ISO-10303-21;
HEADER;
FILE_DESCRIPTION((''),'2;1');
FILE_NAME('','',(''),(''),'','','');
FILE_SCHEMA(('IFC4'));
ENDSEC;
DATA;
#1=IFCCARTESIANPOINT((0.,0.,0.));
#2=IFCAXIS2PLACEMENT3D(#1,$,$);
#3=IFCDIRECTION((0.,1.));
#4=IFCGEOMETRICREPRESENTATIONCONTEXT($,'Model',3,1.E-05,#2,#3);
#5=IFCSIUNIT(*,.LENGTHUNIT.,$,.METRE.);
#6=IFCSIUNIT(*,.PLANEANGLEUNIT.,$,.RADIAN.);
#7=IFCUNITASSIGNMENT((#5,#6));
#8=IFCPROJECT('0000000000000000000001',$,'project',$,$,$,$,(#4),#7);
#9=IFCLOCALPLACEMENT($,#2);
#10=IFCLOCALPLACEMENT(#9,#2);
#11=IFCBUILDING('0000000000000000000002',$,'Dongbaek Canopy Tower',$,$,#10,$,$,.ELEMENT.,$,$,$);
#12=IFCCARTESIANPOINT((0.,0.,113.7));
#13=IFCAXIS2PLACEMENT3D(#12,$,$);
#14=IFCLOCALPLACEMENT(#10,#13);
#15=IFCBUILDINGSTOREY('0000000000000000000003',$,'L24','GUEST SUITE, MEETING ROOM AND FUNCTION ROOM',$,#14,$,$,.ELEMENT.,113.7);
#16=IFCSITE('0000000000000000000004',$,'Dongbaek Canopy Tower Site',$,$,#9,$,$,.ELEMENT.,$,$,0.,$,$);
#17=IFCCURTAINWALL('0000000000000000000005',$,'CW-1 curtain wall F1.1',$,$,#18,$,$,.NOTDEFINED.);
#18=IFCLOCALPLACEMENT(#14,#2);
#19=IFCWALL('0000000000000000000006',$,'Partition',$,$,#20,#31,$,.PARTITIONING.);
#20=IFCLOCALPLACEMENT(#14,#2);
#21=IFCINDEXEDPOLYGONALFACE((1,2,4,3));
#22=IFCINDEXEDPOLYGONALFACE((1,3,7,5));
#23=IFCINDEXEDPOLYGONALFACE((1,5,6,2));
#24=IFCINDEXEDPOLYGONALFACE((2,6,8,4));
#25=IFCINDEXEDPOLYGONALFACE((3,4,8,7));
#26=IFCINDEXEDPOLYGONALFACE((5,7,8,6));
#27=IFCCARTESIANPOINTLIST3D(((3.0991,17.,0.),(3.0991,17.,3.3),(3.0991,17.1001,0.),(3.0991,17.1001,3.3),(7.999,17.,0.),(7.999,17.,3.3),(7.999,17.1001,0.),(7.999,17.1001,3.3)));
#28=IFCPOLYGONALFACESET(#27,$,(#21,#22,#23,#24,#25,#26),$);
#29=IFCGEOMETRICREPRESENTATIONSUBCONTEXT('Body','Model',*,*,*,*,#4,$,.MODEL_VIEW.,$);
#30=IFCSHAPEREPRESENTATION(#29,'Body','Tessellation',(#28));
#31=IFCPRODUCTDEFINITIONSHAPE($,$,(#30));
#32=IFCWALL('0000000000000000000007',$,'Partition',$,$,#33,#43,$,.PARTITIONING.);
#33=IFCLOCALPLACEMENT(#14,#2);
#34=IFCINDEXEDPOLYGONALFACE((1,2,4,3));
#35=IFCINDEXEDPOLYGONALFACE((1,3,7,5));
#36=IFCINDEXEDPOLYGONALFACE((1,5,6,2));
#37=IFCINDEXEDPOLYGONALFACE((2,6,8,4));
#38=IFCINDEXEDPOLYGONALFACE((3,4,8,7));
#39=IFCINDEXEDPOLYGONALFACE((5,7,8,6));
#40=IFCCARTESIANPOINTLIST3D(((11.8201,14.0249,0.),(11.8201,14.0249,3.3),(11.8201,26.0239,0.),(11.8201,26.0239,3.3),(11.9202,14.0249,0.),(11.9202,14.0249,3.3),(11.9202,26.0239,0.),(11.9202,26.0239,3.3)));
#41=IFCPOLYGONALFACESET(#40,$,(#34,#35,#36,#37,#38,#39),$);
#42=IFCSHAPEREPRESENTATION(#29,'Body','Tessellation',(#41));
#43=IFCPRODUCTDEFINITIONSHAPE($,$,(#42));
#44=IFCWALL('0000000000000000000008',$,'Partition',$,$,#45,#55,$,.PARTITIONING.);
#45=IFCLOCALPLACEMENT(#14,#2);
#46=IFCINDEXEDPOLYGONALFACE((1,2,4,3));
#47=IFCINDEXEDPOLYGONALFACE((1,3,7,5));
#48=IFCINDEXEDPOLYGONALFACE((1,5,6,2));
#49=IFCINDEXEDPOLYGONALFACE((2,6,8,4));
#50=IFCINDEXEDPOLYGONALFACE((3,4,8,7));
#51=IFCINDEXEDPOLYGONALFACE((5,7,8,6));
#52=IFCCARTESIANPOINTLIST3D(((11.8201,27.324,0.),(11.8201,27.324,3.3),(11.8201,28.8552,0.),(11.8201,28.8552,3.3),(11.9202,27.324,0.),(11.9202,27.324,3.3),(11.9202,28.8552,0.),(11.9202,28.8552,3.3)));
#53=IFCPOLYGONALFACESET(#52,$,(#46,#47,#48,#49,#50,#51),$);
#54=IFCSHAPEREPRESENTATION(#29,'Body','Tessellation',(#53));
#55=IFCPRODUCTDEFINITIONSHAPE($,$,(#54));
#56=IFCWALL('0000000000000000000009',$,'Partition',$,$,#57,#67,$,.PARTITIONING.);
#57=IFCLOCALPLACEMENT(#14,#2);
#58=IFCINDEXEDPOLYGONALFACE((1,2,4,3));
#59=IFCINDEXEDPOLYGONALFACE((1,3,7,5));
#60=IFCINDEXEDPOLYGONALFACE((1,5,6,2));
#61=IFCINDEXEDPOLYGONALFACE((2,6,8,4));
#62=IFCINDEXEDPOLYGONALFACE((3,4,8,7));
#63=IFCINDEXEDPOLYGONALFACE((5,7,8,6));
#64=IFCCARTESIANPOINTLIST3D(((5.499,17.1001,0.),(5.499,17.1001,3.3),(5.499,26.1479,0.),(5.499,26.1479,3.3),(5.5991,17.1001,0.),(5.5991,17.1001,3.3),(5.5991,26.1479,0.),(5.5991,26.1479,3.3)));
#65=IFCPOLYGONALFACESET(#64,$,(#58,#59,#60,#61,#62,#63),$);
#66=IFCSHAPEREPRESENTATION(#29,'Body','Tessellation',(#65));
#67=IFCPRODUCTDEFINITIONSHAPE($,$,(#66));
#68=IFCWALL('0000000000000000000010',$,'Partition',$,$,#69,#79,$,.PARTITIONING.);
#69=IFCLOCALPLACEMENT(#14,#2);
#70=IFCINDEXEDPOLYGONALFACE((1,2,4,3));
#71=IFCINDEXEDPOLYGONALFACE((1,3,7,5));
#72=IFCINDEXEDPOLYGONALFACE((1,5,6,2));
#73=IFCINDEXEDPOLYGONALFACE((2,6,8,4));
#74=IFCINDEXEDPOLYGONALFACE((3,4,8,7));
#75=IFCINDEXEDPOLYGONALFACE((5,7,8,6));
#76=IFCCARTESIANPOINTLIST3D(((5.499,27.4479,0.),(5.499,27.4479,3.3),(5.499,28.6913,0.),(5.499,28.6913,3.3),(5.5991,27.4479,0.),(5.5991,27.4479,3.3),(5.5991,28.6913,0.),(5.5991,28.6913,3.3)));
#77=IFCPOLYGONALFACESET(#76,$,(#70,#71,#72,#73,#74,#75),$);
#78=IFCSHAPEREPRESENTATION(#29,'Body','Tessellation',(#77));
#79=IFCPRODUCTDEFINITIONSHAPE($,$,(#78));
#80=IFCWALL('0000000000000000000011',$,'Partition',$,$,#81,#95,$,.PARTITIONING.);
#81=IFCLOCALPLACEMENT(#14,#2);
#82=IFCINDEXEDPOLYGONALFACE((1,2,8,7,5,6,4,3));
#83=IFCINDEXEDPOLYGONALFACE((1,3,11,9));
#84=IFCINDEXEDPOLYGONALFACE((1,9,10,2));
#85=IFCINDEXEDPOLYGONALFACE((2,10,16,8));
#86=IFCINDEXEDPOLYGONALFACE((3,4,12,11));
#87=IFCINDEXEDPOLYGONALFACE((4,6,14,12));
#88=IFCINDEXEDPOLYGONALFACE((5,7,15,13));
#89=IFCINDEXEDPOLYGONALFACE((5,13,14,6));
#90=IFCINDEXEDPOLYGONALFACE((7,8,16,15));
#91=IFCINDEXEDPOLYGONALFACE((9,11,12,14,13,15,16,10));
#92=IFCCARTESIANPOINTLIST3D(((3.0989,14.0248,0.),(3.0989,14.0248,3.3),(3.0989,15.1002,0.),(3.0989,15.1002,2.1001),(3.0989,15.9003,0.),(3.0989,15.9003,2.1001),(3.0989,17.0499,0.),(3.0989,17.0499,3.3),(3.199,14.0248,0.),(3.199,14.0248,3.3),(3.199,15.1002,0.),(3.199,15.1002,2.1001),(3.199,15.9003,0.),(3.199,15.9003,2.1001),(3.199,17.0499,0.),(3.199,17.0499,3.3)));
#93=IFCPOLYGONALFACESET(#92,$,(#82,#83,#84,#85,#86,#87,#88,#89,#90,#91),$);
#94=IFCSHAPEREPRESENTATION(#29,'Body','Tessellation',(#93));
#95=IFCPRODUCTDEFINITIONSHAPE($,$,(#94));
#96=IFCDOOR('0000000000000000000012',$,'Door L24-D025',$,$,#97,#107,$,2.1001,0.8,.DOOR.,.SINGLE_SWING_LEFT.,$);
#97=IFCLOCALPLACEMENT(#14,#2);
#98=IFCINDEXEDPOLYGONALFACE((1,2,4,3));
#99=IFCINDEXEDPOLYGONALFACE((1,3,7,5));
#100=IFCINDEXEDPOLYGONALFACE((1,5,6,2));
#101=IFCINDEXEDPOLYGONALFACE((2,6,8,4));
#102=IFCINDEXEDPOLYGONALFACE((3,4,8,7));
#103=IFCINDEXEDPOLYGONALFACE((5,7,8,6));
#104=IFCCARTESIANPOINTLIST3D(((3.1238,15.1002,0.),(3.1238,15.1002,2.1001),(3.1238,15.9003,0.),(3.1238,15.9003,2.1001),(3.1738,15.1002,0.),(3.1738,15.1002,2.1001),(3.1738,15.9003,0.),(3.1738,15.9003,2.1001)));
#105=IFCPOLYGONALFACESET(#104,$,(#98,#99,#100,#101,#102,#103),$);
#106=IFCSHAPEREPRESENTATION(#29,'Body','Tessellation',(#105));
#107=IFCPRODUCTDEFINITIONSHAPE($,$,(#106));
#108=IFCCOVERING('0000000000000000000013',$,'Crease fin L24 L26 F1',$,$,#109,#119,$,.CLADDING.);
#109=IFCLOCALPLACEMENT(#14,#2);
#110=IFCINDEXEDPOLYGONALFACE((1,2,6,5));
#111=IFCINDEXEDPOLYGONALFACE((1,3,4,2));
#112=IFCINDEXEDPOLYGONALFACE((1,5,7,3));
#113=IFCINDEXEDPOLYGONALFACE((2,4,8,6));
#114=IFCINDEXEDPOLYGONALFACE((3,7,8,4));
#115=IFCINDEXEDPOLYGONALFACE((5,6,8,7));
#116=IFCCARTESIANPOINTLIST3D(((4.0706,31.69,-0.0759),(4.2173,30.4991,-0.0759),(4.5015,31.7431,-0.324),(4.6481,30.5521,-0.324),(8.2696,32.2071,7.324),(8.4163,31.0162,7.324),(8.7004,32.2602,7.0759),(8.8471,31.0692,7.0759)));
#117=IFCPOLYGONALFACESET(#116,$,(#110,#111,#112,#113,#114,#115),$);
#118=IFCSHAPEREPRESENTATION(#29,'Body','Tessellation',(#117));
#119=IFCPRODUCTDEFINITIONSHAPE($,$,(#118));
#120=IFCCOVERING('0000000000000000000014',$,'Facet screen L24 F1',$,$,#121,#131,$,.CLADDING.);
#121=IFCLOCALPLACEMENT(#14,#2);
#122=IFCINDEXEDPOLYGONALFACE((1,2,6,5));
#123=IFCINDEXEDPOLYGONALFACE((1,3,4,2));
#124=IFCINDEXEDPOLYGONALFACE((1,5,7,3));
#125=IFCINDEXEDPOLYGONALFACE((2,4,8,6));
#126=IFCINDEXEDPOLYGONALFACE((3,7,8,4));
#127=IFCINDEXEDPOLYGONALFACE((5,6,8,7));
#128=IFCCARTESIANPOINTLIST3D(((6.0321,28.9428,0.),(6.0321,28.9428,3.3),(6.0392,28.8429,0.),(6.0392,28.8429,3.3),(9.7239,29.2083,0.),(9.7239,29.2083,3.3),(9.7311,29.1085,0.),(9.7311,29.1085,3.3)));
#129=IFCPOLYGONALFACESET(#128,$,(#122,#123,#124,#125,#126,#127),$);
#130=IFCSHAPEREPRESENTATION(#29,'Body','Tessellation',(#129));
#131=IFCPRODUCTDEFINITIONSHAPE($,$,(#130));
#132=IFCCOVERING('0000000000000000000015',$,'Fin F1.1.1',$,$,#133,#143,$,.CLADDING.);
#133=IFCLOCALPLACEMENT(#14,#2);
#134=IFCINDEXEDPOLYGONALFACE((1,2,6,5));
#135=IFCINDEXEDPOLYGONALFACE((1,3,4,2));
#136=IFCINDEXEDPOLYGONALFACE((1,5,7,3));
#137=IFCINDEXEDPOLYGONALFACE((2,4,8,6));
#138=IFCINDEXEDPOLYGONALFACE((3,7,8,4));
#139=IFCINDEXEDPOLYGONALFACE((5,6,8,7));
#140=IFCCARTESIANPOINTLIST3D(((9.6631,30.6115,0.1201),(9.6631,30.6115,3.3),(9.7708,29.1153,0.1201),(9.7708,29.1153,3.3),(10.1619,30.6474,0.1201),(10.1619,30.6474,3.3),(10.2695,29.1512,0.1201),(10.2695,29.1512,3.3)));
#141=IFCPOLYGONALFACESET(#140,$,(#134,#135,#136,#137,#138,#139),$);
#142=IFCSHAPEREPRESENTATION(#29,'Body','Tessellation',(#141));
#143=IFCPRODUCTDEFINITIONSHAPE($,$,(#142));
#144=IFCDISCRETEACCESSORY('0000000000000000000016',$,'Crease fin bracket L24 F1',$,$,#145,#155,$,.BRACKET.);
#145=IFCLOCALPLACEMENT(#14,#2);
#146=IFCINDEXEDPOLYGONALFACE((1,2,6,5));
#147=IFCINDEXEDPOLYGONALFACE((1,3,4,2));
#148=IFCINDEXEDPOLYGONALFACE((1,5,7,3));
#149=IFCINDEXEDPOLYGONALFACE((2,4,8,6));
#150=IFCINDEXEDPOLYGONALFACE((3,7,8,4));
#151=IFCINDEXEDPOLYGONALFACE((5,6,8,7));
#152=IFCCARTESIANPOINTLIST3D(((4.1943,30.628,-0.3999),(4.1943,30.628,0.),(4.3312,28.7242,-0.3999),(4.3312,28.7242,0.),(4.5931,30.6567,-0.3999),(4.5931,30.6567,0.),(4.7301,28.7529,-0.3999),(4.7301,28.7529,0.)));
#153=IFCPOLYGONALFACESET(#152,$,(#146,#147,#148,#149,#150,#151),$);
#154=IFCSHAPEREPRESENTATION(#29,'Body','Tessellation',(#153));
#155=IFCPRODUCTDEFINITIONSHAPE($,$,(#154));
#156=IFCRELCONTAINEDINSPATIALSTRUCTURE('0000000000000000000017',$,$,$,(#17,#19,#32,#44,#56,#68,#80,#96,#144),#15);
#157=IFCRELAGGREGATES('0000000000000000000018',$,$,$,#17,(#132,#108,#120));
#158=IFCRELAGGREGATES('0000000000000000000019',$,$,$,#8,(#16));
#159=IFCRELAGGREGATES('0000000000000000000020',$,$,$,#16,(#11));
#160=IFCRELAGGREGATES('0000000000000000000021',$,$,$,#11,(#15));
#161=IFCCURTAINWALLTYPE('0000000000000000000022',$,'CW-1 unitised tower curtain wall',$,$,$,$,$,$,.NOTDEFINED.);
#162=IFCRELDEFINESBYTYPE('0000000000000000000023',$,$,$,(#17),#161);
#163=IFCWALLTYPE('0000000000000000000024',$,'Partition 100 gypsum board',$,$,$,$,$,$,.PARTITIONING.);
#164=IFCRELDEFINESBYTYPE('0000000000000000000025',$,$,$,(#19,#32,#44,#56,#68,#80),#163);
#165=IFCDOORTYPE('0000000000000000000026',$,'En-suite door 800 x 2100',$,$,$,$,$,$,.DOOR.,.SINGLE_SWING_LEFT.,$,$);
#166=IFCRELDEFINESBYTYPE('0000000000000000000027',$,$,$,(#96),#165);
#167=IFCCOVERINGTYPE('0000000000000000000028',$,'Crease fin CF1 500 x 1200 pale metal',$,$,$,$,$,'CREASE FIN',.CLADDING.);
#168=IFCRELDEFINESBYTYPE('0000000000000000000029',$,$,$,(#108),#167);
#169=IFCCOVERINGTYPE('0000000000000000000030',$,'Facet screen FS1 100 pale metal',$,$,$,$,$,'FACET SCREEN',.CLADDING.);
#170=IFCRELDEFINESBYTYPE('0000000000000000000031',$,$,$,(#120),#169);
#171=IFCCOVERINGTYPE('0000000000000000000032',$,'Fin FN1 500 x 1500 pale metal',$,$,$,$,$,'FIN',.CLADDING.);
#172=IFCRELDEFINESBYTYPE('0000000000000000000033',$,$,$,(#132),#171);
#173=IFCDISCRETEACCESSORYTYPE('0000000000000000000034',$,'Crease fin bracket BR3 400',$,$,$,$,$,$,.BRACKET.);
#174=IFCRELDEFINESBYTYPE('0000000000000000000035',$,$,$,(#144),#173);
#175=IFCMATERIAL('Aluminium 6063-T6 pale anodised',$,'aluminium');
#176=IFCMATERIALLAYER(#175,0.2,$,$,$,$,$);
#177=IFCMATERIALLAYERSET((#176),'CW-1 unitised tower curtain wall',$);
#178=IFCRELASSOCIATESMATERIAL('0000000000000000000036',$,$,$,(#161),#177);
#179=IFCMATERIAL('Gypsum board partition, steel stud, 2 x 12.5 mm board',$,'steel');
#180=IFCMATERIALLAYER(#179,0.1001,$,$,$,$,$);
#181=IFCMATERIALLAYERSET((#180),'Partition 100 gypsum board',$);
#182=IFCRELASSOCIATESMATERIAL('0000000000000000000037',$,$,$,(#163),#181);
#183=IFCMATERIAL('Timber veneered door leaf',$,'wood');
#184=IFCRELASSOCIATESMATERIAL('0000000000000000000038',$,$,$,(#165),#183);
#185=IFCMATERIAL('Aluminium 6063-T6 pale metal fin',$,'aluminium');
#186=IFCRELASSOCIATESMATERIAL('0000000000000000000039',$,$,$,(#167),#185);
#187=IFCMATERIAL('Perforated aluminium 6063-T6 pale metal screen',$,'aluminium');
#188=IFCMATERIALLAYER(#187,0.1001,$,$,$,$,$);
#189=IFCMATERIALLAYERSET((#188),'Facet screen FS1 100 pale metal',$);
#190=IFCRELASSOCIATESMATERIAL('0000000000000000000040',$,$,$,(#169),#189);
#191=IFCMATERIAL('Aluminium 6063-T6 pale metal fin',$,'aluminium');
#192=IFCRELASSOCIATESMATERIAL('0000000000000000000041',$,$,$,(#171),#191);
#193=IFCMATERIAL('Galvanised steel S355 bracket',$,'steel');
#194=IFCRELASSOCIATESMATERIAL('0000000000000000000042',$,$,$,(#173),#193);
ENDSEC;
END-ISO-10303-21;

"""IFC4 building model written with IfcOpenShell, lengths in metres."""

from ifc_helpers import new_model, si_unit, direction, frame, frame_2d, origin, origin_2d, place, context, subcontext, project, spatial, rectangle, extrude, material, layer, layer_set, material_profile, profile_set, type_object, element, fill, aggregate, save


model = new_model("IFC4")

# Units and contexts
model_context = context("Model", 3, precision=1e-05, world=origin(), true_north=direction((0.0, 1.0)))
body_context = subcontext(model_context, "Body", "Model", "MODEL_VIEW")
ifc_project = project(units=[si_unit("LENGTHUNIT", "METRE"), si_unit("PLANEANGLEUNIT", "RADIAN")], contexts=[model_context])

# Site, building, storey
site_placement = place(None, origin())
site = spatial("IfcSite", under=ifc_project, at=site_placement, Name="Dongbaek Canopy Tower Site", CompositionType="ELEMENT", RefElevation=0.0)
building_placement = place(site_placement, origin())
building = spatial("IfcBuilding", under=site, at=building_placement, Name="Dongbaek Canopy Tower", CompositionType="ELEMENT")
storey_placement = place(building_placement, frame((0.0, 0.0, 113.7)))
storey = spatial("IfcBuildingStorey", under=building, at=storey_placement, Name="L24", Description="GUEST SUITE, MEETING ROOM AND FUNCTION ROOM", CompositionType="ELEMENT", Elevation=113.7)

# Curtain wall
ifc_material_1 = material(Name="Aluminium 6063-T6 pale anodised", Category="aluminium")
ifc_layer_1 = layer(ifc_material_1, 0.2)
ifc_layer_set_1 = layer_set([ifc_layer_1], Name="CW-1 unitised tower curtain wall")
curtain_wall_type = type_object("IfcCurtainWallType", Name="CW-1 unitised tower curtain wall", PredefinedType="NOTDEFINED", material=ifc_layer_set_1)
curtain_wall_1_placement = place(storey_placement, origin())
curtain_wall_1 = element("IfcCurtainWall", 1, at=curtain_wall_1_placement, inside=storey, type_object=curtain_wall_type, Name="CW-1 curtain wall F1.1", PredefinedType="NOTDEFINED")

# Walls
ifc_material_2 = material(Name="Gypsum board partition, steel stud, 2 x 12.5 mm board", Category="steel")
ifc_layer_2 = layer(ifc_material_2, 0.1001)
ifc_layer_set_2 = layer_set([ifc_layer_2], Name="Partition 100 gypsum board")
wall_type_1 = type_object("IfcWallType", Name="Partition 100 gypsum board", PredefinedType="PARTITIONING", material=ifc_layer_set_2)
wall_1_placement = place(storey_placement, frame((3.0991, 17.05, 0.0), z_axis=(0.0, 0.0, 1.0), x_axis=(1.0, 0.0, 0.0)))
element("IfcWall", 2, at=wall_1_placement, inside=storey, type_object=wall_type_1, Name="Partition", PredefinedType="PARTITIONING", context=body_context, shape_type="SweptSolid", body=[
    extrude(rectangle(XDim=4.8999, YDim=0.1001, at=frame_2d((2.45, 0.0))), origin(), (0.0, 0.0, 1.0), 3.3),
])
wall_2_placement = place(storey_placement, frame((11.8701, 14.0249, 0.0), z_axis=(0.0, 0.0, 1.0), x_axis=(0.0, 1.0, 0.0)))
element("IfcWall", 3, at=wall_2_placement, inside=storey, type_object=wall_type_1, Name="Partition", PredefinedType="PARTITIONING", context=body_context, shape_type="SweptSolid", body=[
    extrude(rectangle(XDim=11.999, YDim=0.1001, at=frame_2d((5.9995, 0.0))), origin(), (0.0, 0.0, 1.0), 3.3),
])
wall_3_placement = place(storey_placement, frame((11.8701, 27.324, 0.0), z_axis=(0.0, 0.0, 1.0), x_axis=(0.0, 1.0, 0.0)))
element("IfcWall", 4, at=wall_3_placement, inside=storey, type_object=wall_type_1, Name="Partition", PredefinedType="PARTITIONING", context=body_context, shape_type="SweptSolid", body=[
    extrude(rectangle(XDim=1.5312, YDim=0.1001, at=frame_2d((0.7656, 0.0))), origin(), (0.0, 0.0, 1.0), 3.3),
])
wall_4_placement = place(storey_placement, frame((5.5491, 17.1001, 0.0), z_axis=(0.0, 0.0, 1.0), x_axis=(0.0, 1.0, 0.0)))
element("IfcWall", 5, at=wall_4_placement, inside=storey, type_object=wall_type_1, Name="Partition", PredefinedType="PARTITIONING", context=body_context, shape_type="SweptSolid", body=[
    extrude(rectangle(XDim=9.0479, YDim=0.1001, at=frame_2d((4.5239, 0.0))), origin(), (0.0, 0.0, 1.0), 3.3),
])
wall_5_placement = place(storey_placement, frame((5.5491, 27.448, 0.0), z_axis=(0.0, 0.0, 1.0), x_axis=(0.0, 1.0, 0.0)))
element("IfcWall", 6, at=wall_5_placement, inside=storey, type_object=wall_type_1, Name="Partition", PredefinedType="PARTITIONING", context=body_context, shape_type="SweptSolid", body=[
    extrude(rectangle(XDim=1.2434, YDim=0.1001, at=frame_2d((0.6216, 0.0))), origin(), (0.0, 0.0, 1.0), 3.3),
])

# Wall, opening, door
wall_6_placement = place(storey_placement, frame((3.1489, 17.05, 0.0), z_axis=(0.0, 0.0, 1.0), x_axis=(0.0, -1.0, 0.0)))
wall_6 = element("IfcWall", 7, at=wall_6_placement, inside=storey, type_object=wall_type_1, Name="Partition", PredefinedType="PARTITIONING", context=body_context, shape_type="SweptSolid", body=[
    extrude(rectangle(XDim=3.0251, YDim=0.1001, at=frame_2d((1.5127, 0.0))), origin(), (0.0, 0.0, 1.0), 3.3),
])
opening_1_placement = place(wall_6_placement, frame((1.1499, 0.0, 0.0)))
opening_1 = element("IfcOpeningElement", 8, at=opening_1_placement, cuts=wall_6, PredefinedType="OPENING", context=body_context, shape_type="SweptSolid", body=[
    extrude(rectangle(XDim=0.8, YDim=2.1001, at=frame_2d((0.3999, 1.05))), frame((0.0, 0.0601, 0.0), z_axis=(0.0, -1.0, 0.0), x_axis=(1.0, 0.0, 0.0)), (0.0, 0.0, 1.0), 0.1201),
])
ifc_material_3 = material(Name="Timber veneered door leaf", Category="wood")
door_type_1 = type_object("IfcDoorType", Name="En-suite door 800 x 2100", OperationType="SINGLE_SWING_LEFT", PredefinedType="DOOR", material=ifc_material_3)
door_1_placement = place(opening_1_placement, origin())
door_1 = element("IfcDoor", 9, at=door_1_placement, inside=storey, type_object=door_type_1, Name="Door L24-D025", OperationType="SINGLE_SWING_LEFT", OverallHeight=2.1001, OverallWidth=0.8, PredefinedType="DOOR", context=body_context, shape_type="SweptSolid", body=[
    extrude(rectangle(XDim=0.8, YDim=2.1001, at=frame_2d((0.3999, 1.05))), frame((0.0, 0.0249, 0.0), z_axis=(0.0, -1.0, 0.0), x_axis=(1.0, 0.0, 0.0)), (0.0, 0.0, 1.0), 0.05),
])
fill(opening_1, door_1)

# Coverings
ifc_material_4 = material(Name="Aluminium 6063-T6 pale metal fin", Category="aluminium")
ifc_material_profile_1 = material_profile(ifc_material_4, rectangle(XDim=1.2, YDim=0.5, at=origin_2d()), Name="Crease fin CF1 500 x 1200 pale metal")
ifc_profile_set_1 = profile_set([ifc_material_profile_1], Name="Aluminium 6063-T6 pale metal fin")
covering_type_1 = type_object("IfcCoveringType", Name="Crease fin CF1 500 x 1200 pale metal", ElementType="CREASE FIN", PredefinedType="CLADDING", material=ifc_profile_set_1)
covering_1_placement = place(storey_placement, frame((4.3594, 31.1211, -0.2), z_axis=(0.49261, 0.060663, 0.868133), x_axis=(-0.122223, 0.992503, 0.0)))
covering_1 = element("IfcCovering", 10, at=covering_1_placement, type_object=covering_type_1, Name="Crease fin L24 L26 F1", PredefinedType="CLADDING", context=body_context, shape_type="SweptSolid", body=[
    extrude(rectangle(XDim=1.2, YDim=0.5, at=origin_2d()), origin(), (0.0, 0.0, 1.0), 8.5239),
])
ifc_material_5 = material(Name="Perforated aluminium 6063-T6 pale metal screen", Category="aluminium")
ifc_layer_3 = layer(ifc_material_5, 0.1001)
ifc_layer_set_3 = layer_set([ifc_layer_3], Name="Facet screen FS1 100 pale metal")
covering_type_2 = type_object("IfcCoveringType", Name="Facet screen FS1 100 pale metal", ElementType="FACET SCREEN", PredefinedType="CLADDING", material=ifc_layer_set_3)
covering_2_placement = place(storey_placement, frame((7.8816, 29.0256, 0.0), z_axis=(0.0, 0.0, 1.0), x_axis=(-0.997423, -0.071743, 0.0)))
covering_2 = element("IfcCovering", 11, at=covering_2_placement, type_object=covering_type_2, Name="Facet screen L24 F1", PredefinedType="CLADDING", context=body_context, shape_type="SweptSolid", body=[
    extrude(rectangle(XDim=3.7014, YDim=0.1001, at=origin_2d()), origin(), (0.0, 0.0, 1.0), 3.3),
])
ifc_material_6 = material(Name="Aluminium 6063-T6 pale metal fin", Category="aluminium")
ifc_material_profile_2 = material_profile(ifc_material_6, rectangle(XDim=1.5, YDim=0.5, at=origin_2d()), Name="Fin FN1 500 x 1500 pale metal")
ifc_profile_set_2 = profile_set([ifc_material_profile_2], Name="Aluminium 6063-T6 pale metal fin")
covering_type_3 = type_object("IfcCoveringType", Name="Fin FN1 500 x 1500 pale metal", ElementType="FIN", PredefinedType="CLADDING", material=ifc_profile_set_2)
covering_3_placement = place(storey_placement, frame((9.9663, 29.8813, 0.1201), z_axis=(0.0, 0.0, 1.0), x_axis=(-0.071743, 0.997423, 0.0)))
covering_3 = element("IfcCovering", 12, at=covering_3_placement, type_object=covering_type_3, Name="Fin F1.1.1", PredefinedType="CLADDING", context=body_context, shape_type="SweptSolid", body=[
    extrude(rectangle(XDim=1.5, YDim=0.5, at=origin_2d()), origin(), (0.0, 0.0, 1.0), 3.1799),
])
aggregate(curtain_wall_1, [covering_3, covering_1, covering_2])

# Discrete accessory
ifc_material_7 = material(Name="Galvanised steel S355 bracket", Category="steel")
discrete_accessory_type = type_object("IfcDiscreteAccessoryType", Name="Crease fin bracket BR3 400", PredefinedType="BRACKET", material=ifc_material_7)
discrete_accessory_placement = place(storey_placement, frame((4.4622, 29.6904, -0.3999), z_axis=(0.0, 0.0, 1.0), x_axis=(-0.071743, 0.997423, 0.0)))
element("IfcDiscreteAccessory", 13, at=discrete_accessory_placement, inside=storey, type_object=discrete_accessory_type, Name="Crease fin bracket L24 F1", PredefinedType="BRACKET", context=body_context, shape_type="SweptSolid", body=[
    extrude(rectangle(XDim=1.9087, YDim=0.3999, at=origin_2d()), origin(), (0.0, 0.0, 1.0), 0.3999),
])

save(model, "model.ifc")
